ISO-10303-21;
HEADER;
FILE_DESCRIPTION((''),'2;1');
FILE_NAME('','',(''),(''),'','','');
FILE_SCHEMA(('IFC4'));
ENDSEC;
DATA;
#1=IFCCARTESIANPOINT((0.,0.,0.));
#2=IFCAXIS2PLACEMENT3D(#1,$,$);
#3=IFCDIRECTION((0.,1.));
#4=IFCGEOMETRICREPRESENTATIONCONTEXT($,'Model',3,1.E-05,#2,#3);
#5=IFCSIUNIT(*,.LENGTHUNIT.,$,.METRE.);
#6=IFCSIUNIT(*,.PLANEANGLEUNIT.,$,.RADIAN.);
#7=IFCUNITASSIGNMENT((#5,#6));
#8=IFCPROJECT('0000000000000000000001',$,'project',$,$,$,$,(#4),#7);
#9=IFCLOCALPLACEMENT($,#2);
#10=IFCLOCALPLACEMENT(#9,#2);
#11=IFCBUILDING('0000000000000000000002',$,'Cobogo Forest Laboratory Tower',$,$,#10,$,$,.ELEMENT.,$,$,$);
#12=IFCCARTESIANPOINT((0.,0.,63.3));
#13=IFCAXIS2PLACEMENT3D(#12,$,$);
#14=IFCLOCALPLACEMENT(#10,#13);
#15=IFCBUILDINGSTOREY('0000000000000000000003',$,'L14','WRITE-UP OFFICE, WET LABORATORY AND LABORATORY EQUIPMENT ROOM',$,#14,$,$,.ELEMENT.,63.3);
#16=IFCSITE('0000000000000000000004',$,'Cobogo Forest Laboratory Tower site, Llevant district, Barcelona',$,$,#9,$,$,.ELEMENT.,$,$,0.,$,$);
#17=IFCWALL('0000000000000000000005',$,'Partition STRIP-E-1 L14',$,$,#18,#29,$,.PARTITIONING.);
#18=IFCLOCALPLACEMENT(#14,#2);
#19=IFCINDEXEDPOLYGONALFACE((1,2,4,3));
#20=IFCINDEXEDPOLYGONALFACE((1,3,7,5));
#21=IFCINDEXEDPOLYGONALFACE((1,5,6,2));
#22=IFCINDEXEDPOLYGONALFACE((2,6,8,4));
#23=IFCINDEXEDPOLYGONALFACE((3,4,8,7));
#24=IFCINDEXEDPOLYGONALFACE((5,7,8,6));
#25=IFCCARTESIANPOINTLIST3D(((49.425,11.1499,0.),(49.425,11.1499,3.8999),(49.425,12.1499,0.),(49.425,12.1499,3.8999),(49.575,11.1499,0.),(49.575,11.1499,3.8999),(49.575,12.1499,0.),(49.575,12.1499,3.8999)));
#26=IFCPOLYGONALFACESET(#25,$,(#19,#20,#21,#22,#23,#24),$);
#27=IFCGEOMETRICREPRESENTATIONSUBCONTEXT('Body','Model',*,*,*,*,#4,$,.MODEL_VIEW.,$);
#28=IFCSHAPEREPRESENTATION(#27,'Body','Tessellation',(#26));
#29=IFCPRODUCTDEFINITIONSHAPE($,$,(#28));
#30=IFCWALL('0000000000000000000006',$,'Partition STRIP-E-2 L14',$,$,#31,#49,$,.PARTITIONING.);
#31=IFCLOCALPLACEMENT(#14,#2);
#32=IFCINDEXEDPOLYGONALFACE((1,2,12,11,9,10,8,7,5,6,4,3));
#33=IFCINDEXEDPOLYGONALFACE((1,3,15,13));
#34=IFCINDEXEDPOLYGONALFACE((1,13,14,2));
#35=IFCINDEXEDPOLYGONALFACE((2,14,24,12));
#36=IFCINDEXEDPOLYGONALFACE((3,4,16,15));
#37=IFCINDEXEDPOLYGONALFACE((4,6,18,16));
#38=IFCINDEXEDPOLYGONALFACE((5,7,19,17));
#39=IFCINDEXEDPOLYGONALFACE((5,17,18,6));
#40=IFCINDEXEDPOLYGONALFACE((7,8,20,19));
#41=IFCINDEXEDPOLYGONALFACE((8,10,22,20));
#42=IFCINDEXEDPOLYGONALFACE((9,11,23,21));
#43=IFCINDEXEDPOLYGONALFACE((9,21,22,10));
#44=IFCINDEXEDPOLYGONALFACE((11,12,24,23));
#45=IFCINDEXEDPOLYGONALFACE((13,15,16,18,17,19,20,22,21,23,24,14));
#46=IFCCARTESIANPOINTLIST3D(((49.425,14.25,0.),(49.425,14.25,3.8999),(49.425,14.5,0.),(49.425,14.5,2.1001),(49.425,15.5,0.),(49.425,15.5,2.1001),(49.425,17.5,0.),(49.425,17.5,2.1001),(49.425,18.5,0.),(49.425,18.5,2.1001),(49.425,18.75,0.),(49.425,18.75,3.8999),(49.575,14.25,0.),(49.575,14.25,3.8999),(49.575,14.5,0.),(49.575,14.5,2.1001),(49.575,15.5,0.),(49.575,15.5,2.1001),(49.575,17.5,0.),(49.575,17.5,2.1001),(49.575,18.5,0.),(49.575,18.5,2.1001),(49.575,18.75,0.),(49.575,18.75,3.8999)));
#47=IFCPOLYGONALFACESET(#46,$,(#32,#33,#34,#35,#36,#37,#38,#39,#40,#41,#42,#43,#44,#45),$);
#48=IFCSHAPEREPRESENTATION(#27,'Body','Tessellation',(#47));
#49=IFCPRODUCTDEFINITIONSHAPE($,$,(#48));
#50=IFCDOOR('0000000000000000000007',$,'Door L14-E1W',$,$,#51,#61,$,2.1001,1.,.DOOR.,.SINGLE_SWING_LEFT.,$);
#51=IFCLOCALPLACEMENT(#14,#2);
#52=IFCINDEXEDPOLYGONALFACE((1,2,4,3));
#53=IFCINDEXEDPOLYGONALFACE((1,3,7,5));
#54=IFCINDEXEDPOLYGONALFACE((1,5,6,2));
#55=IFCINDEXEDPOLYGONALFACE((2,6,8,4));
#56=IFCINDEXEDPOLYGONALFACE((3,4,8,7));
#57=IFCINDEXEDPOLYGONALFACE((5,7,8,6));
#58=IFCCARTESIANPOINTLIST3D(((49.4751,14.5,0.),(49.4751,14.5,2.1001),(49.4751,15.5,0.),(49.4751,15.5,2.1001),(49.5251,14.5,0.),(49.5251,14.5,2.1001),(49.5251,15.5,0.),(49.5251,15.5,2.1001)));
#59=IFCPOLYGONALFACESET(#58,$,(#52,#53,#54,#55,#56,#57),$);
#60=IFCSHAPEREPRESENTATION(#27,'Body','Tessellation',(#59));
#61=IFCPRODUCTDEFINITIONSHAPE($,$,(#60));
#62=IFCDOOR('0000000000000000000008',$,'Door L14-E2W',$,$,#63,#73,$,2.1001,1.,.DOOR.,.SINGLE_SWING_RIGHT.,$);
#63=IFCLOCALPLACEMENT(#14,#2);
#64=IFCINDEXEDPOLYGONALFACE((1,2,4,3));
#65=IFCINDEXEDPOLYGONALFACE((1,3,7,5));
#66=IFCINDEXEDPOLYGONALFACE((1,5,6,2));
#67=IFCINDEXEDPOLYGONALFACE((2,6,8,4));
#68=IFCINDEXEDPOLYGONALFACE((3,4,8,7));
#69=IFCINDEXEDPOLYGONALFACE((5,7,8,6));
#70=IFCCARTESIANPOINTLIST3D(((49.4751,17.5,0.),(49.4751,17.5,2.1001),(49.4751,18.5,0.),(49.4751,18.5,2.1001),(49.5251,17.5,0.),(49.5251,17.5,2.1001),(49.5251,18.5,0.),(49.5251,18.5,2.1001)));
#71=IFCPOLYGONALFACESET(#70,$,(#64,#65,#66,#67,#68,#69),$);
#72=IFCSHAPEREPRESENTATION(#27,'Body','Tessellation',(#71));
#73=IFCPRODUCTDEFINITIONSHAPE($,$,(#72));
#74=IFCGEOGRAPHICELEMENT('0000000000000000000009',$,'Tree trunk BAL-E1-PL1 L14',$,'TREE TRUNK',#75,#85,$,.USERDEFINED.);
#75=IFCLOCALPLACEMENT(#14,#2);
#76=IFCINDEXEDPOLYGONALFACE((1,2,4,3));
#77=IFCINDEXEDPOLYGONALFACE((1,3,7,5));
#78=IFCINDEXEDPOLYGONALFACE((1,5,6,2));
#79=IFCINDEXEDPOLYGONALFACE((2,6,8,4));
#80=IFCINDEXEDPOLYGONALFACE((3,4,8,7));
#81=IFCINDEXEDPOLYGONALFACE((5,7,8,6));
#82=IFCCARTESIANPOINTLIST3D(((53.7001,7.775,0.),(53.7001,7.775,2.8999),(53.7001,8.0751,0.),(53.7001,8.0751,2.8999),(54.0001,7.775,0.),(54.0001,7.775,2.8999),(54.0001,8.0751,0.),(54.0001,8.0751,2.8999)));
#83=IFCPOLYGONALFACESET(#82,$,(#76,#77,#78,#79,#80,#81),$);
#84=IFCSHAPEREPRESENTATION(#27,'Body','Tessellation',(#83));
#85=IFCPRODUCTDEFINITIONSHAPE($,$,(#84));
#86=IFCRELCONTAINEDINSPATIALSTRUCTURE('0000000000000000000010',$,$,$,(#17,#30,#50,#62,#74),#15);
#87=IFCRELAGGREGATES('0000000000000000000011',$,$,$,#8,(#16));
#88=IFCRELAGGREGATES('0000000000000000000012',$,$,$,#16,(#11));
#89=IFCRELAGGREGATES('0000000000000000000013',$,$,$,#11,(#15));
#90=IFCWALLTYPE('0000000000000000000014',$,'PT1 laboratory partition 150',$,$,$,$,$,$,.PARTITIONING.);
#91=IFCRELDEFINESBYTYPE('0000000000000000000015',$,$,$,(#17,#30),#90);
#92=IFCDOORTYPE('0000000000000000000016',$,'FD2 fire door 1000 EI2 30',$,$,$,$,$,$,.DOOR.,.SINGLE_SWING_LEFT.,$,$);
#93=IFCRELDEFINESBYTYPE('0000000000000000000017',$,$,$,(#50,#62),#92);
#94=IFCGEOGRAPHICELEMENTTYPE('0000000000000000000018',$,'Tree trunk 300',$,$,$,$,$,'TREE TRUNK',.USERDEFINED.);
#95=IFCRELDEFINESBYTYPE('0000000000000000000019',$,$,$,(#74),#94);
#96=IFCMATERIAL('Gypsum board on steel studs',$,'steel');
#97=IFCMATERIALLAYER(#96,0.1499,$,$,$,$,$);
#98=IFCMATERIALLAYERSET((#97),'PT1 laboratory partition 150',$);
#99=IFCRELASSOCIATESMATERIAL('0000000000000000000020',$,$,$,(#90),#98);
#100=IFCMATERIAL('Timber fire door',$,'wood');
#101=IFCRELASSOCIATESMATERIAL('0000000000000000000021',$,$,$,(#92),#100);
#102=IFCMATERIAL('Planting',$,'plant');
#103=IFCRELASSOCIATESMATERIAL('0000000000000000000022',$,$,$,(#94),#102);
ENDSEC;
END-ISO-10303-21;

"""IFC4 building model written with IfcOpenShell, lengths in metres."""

from ifc_helpers import new_model, si_unit, direction, frame, frame_2d, origin, origin_2d, place, context, subcontext, project, spatial, rectangle, extrude, material, layer, layer_set, type_object, element, fill, save


model = new_model("IFC4")

# Units and contexts
model_context = context("Model", 3, precision=1e-05, world=origin(), true_north=direction((0.0, 1.0)))
body_context = subcontext(model_context, "Body", "Model", "MODEL_VIEW")
ifc_project = project(units=[si_unit("LENGTHUNIT", "METRE"), si_unit("PLANEANGLEUNIT", "RADIAN")], contexts=[model_context])

# Site, building, storey
site_placement = place(None, origin())
site = spatial("IfcSite", under=ifc_project, at=site_placement, Name="Cobogo Forest Laboratory Tower site, Llevant district, Barcelona", CompositionType="ELEMENT", RefElevation=0.0)
building_placement = place(site_placement, origin())
building = spatial("IfcBuilding", under=site, at=building_placement, Name="Cobogo Forest Laboratory Tower", CompositionType="ELEMENT")
storey_placement = place(building_placement, frame((0.0, 0.0, 63.3)))
storey = spatial("IfcBuildingStorey", under=building, at=storey_placement, Name="L14", Description="WRITE-UP OFFICE, WET LABORATORY AND LABORATORY EQUIPMENT ROOM", CompositionType="ELEMENT", Elevation=63.3)

# Wall
ifc_material_1 = material(Name="Gypsum board on steel studs", Category="steel")
ifc_layer_1 = layer(ifc_material_1, 0.1499)
ifc_layer_set_1 = layer_set([ifc_layer_1], Name="PT1 laboratory partition 150")
wall_type_1 = type_object("IfcWallType", Name="PT1 laboratory partition 150", PredefinedType="PARTITIONING", material=ifc_layer_set_1)
wall_1_placement = place(storey_placement, frame((49.5, 11.1499, 0.0), z_axis=(0.0, 0.0, 1.0), x_axis=(0.0, 1.0, 0.0)))
element("IfcWall", 1, at=wall_1_placement, inside=storey, type_object=wall_type_1, Name="Partition STRIP-E-1 L14", PredefinedType="PARTITIONING", context=body_context, shape_type="SweptSolid", body=[
    extrude(rectangle(XDim=1.0, YDim=0.1499, at=frame_2d((0.5, 0.0))), origin(), (0.0, 0.0, 1.0), 3.8999),
])

# Wall, openings, doors
wall_2_placement = place(storey_placement, frame((49.5, 14.25, 0.0), z_axis=(0.0, 0.0, 1.0), x_axis=(0.0, 1.0, 0.0)))
wall_2 = element("IfcWall", 2, at=wall_2_placement, inside=storey, type_object=wall_type_1, Name="Partition STRIP-E-2 L14", PredefinedType="PARTITIONING", context=body_context, shape_type="SweptSolid", body=[
    extrude(rectangle(XDim=4.5, YDim=0.1499, at=frame_2d((2.25, 0.0))), origin(), (0.0, 0.0, 1.0), 3.8999),
])
opening_1_placement = place(wall_2_placement, frame((0.25, 0.0, 0.0)))
opening_1 = element("IfcOpeningElement", 3, at=opening_1_placement, cuts=wall_2, PredefinedType="OPENING", context=body_context, shape_type="SweptSolid", body=[
    extrude(rectangle(XDim=1.0, YDim=2.1001, at=frame_2d((0.5, 1.05))), frame((0.0, 0.085, 0.0), z_axis=(0.0, -1.0, 0.0), x_axis=(1.0, 0.0, 0.0)), (0.0, 0.0, 1.0), 0.1699),
])
opening_2_placement = place(wall_2_placement, frame((3.25, 0.0, 0.0)))
opening_2 = element("IfcOpeningElement", 4, at=opening_2_placement, cuts=wall_2, PredefinedType="OPENING", context=body_context, shape_type="SweptSolid", body=[
    extrude(rectangle(XDim=1.0, YDim=2.1001, at=frame_2d((0.5, 1.05))), frame((0.0, 0.085, 0.0), z_axis=(0.0, -1.0, 0.0), x_axis=(1.0, 0.0, 0.0)), (0.0, 0.0, 1.0), 0.1699),
])
ifc_material_2 = material(Name="Timber fire door", Category="wood")
door_type_1 = type_object("IfcDoorType", Name="FD2 fire door 1000 EI2 30", OperationType="SINGLE_SWING_LEFT", PredefinedType="DOOR", material=ifc_material_2)
door_1_placement = place(opening_1_placement, origin())
door_1 = element("IfcDoor", 5, at=door_1_placement, inside=storey, type_object=door_type_1, Name="Door L14-E1W", OperationType="SINGLE_SWING_LEFT", OverallHeight=2.1001, OverallWidth=1.0, PredefinedType="DOOR", context=body_context, shape_type="SweptSolid", body=[
    extrude(rectangle(XDim=1.0, YDim=2.1001, at=frame_2d((0.5, 1.05))), frame((0.0, 0.0249, 0.0), z_axis=(0.0, -1.0, 0.0), x_axis=(1.0, 0.0, 0.0)), (0.0, 0.0, 1.0), 0.05),
])
fill(opening_1, door_1)
door_2_placement = place(opening_2_placement, origin())
door_2 = element("IfcDoor", 6, at=door_2_placement, inside=storey, type_object=door_type_1, Name="Door L14-E2W", OperationType="SINGLE_SWING_RIGHT", OverallHeight=2.1001, OverallWidth=1.0, PredefinedType="DOOR", context=body_context, shape_type="SweptSolid", body=[
    extrude(rectangle(XDim=1.0, YDim=2.1001, at=frame_2d((0.5, 1.05))), frame((0.0, 0.0249, 0.0), z_axis=(0.0, -1.0, 0.0), x_axis=(1.0, 0.0, 0.0)), (0.0, 0.0, 1.0), 0.05),
])
fill(opening_2, door_2)

# Geographic element
ifc_material_3 = material(Name="Planting", Category="plant")
geographic_element_type = type_object("IfcGeographicElementType", Name="Tree trunk 300", ElementType="TREE TRUNK", PredefinedType="USERDEFINED", material=ifc_material_3)
geographic_element_placement = place(storey_placement, frame((53.8501, 7.925, 0.0), z_axis=(0.0, 0.0, 1.0), x_axis=(1.0, 0.0, 0.0)))
element("IfcGeographicElement", 7, at=geographic_element_placement, inside=storey, type_object=geographic_element_type, Name="Tree trunk BAL-E1-PL1 L14", ObjectType="TREE TRUNK", PredefinedType="USERDEFINED", context=body_context, shape_type="SweptSolid", body=[
    extrude(rectangle(XDim=0.3, YDim=0.3, at=origin_2d()), origin(), (0.0, 0.0, 1.0), 2.8999),
])

save(model, "model.ifc")
